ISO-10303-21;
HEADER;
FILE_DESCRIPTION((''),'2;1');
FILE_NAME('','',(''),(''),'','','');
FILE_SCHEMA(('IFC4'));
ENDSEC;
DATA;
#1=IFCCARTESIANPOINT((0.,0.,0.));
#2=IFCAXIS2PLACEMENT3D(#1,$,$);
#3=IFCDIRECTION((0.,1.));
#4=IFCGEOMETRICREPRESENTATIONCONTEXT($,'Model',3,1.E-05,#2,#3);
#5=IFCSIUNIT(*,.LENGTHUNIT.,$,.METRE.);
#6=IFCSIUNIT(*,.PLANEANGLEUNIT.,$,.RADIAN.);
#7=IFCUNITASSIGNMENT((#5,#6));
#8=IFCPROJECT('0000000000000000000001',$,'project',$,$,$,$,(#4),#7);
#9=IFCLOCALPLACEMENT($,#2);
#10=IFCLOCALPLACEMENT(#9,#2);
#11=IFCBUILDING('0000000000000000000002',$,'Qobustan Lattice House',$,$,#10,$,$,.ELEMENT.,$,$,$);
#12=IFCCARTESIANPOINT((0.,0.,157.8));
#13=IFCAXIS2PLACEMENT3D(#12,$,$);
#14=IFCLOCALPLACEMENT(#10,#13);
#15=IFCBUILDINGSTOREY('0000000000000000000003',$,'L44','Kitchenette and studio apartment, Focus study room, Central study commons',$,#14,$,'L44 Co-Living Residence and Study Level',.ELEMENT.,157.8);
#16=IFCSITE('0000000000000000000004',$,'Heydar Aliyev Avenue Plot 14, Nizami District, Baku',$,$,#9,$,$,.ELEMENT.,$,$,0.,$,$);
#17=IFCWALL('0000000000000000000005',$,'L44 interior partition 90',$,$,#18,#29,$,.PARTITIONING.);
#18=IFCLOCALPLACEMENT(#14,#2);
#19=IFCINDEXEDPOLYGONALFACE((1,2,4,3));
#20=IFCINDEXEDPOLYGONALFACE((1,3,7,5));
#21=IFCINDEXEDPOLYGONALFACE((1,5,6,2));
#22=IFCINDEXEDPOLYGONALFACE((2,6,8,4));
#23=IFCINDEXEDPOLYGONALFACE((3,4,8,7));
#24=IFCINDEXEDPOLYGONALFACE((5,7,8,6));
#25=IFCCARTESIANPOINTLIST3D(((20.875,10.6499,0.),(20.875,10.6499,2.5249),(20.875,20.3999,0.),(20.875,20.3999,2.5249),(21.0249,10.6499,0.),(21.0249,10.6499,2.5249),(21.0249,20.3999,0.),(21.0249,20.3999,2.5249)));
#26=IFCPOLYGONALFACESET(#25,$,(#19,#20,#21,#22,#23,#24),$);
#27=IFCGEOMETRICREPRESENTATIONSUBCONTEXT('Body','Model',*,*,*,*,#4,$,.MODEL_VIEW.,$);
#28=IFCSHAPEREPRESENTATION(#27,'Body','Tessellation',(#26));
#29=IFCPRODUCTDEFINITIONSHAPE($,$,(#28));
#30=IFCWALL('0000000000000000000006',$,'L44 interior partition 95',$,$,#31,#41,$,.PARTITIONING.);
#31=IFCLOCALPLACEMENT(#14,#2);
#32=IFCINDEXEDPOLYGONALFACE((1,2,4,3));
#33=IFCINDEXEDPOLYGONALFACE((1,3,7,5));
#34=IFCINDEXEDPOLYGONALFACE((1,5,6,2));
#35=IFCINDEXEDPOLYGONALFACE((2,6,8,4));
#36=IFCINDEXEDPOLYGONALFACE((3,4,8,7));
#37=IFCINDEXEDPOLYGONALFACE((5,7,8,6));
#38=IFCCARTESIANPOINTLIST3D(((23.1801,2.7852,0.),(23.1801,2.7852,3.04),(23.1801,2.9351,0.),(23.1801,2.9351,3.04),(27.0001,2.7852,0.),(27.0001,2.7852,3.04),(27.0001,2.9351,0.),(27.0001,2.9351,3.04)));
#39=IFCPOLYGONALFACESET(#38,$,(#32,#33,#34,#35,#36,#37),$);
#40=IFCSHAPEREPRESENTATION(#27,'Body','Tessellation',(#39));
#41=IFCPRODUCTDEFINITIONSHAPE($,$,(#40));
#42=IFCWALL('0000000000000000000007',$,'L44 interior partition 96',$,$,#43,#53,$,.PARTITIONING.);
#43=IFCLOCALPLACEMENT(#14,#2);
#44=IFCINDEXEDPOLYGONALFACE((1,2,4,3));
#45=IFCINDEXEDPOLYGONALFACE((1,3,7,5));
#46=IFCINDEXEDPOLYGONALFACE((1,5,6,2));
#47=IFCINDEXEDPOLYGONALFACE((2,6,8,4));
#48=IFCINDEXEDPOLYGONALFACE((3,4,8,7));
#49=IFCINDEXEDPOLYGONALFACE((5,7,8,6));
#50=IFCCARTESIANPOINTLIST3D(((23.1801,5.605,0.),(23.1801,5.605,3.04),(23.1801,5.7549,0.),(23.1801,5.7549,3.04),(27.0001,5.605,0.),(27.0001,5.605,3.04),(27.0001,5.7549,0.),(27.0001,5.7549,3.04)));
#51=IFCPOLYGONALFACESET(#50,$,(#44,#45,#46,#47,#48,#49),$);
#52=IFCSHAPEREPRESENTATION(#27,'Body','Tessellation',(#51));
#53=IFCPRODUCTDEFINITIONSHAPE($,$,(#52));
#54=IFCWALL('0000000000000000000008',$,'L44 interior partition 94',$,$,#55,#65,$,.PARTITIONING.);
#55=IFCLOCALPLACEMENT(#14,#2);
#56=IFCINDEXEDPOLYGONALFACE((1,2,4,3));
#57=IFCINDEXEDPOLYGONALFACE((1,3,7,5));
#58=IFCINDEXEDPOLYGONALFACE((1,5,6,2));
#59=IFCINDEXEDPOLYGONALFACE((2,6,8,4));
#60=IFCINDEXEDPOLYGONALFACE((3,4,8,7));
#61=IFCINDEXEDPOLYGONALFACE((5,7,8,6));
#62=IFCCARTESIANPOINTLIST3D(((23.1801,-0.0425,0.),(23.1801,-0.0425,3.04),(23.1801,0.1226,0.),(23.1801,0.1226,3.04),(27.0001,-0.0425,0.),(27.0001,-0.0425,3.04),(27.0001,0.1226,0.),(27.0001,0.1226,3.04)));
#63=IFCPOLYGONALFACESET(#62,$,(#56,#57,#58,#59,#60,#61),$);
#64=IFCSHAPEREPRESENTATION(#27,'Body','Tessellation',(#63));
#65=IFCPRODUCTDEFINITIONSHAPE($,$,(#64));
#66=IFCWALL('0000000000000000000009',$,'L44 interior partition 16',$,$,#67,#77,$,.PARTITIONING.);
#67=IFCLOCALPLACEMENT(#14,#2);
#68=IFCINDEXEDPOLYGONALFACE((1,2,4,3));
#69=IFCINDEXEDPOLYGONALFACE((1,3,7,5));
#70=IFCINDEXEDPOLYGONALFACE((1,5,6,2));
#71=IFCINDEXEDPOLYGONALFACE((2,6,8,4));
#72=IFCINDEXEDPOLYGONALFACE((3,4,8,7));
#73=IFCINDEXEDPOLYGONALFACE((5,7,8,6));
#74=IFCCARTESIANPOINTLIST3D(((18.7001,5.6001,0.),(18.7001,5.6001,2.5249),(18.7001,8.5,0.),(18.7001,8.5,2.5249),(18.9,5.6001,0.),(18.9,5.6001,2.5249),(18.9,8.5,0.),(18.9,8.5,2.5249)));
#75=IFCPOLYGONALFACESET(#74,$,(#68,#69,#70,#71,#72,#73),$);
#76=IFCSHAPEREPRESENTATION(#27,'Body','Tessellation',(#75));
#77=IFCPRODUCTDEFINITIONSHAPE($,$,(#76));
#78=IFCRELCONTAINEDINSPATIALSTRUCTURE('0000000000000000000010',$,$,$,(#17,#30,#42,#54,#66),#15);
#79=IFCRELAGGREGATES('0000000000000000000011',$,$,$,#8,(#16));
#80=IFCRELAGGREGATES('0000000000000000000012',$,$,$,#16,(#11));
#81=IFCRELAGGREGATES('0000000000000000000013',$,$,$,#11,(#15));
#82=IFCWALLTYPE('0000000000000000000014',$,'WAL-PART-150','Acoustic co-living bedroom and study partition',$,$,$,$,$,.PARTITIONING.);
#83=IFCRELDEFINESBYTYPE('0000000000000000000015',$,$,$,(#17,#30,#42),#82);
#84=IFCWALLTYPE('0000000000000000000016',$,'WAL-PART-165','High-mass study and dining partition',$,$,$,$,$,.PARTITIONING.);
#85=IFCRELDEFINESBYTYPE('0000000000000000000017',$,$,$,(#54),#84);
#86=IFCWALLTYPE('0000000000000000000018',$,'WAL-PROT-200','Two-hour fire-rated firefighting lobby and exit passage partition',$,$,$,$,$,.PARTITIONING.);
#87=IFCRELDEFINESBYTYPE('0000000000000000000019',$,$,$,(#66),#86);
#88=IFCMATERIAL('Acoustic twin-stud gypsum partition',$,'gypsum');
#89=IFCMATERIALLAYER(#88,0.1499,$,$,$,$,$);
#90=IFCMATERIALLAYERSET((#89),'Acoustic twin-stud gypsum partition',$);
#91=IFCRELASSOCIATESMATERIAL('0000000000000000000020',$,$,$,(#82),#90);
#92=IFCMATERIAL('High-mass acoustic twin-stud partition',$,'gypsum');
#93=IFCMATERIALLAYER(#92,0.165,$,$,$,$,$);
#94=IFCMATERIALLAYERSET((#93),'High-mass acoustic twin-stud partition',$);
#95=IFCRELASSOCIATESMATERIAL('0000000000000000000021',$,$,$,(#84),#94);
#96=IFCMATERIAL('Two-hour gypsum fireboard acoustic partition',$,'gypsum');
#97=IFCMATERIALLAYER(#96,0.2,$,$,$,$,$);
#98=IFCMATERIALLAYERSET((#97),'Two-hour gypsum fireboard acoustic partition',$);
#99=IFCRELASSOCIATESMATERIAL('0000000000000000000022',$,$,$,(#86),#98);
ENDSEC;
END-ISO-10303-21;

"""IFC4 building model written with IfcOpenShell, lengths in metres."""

from ifc_helpers import new_model, si_unit, direction, frame, frame_2d, origin, place, context, subcontext, project, spatial, rectangle, extrude, material, layer, layer_set, type_object, element, save


model = new_model("IFC4")

# Units and contexts
model_context = context("Model", 3, precision=1e-05, world=origin(), true_north=direction((0.0, 1.0)))
body_context = subcontext(model_context, "Body", "Model", "MODEL_VIEW")
ifc_project = project(units=[si_unit("LENGTHUNIT", "METRE"), si_unit("PLANEANGLEUNIT", "RADIAN")], contexts=[model_context])

# Site, building, storey
site_placement = place(None, origin())
site = spatial("IfcSite", under=ifc_project, at=site_placement, Name="Heydar Aliyev Avenue Plot 14, Nizami District, Baku", CompositionType="ELEMENT", RefElevation=0.0)
building_placement = place(site_placement, origin())
building = spatial("IfcBuilding", under=site, at=building_placement, Name="Qobustan Lattice House", CompositionType="ELEMENT")
storey_placement = place(building_placement, frame((0.0, 0.0, 157.8)))
storey = spatial("IfcBuildingStorey", under=building, at=storey_placement, Name="L44", Description="Kitchenette and studio apartment, Focus study room, Central study commons", LongName="L44 Co-Living Residence and Study Level", CompositionType="ELEMENT", Elevation=157.8)

# Shared definitions
ifc_material_1 = material(Name="Acoustic twin-stud gypsum partition", Category="gypsum")
ifc_layer_1 = layer(ifc_material_1, 0.1499)
ifc_layer_set_1 = layer_set([ifc_layer_1], Name="Acoustic twin-stud gypsum partition")
wall_type_1 = type_object("IfcWallType", Name="WAL-PART-150", Description="Acoustic co-living bedroom and study partition", PredefinedType="PARTITIONING", material=ifc_layer_set_1)

# Walls
wall_1_placement = place(storey_placement, frame((20.95, 10.6499, 0.0), z_axis=(0.0, 0.0, 1.0), x_axis=(0.0, 1.0, 0.0)))
element("IfcWall", 1, at=wall_1_placement, inside=storey, type_object=wall_type_1, Name="L44 interior partition 90", PredefinedType="PARTITIONING", context=body_context, shape_type="SweptSolid", body=[
    extrude(rectangle(XDim=9.75, YDim=0.1499, at=frame_2d((4.875, 0.0))), origin(), (0.0, 0.0, 1.0), 2.5249),
])
for number, where, z_axis, x_axis, name in (
    (2, (23.1799, 2.8601, 0.0), (0.0, 0.0, 1.0), (1.0, 0.0, 0.0), "L44 interior partition 95"),
    (3, (23.1799, 5.6799, 0.0), (0.0, 0.0, 1.0), (1.0, 0.0, 0.0), "L44 interior partition 96"),
):
    element("IfcWall", number, at=place(storey_placement, frame(where, z_axis=z_axis, x_axis=x_axis)), inside=storey, type_object=wall_type_1, Name=name, PredefinedType="PARTITIONING", context=body_context, shape_type="SweptSolid", body=[
        extrude(rectangle(XDim=3.8201, YDim=0.1499, at=frame_2d((1.9102, 0.0))), origin(), (0.0, 0.0, 1.0), 3.04),
    ])

# Shared definitions
ifc_material_2 = material(Name="High-mass acoustic twin-stud partition", Category="gypsum")
ifc_layer_2 = layer(ifc_material_2, 0.165)
ifc_layer_set_2 = layer_set([ifc_layer_2], Name="High-mass acoustic twin-stud partition")
wall_type_2 = type_object("IfcWallType", Name="WAL-PART-165", Description="High-mass study and dining partition", PredefinedType="PARTITIONING", material=ifc_layer_set_2)

# Wall
wall_2_placement = place(storey_placement, frame((23.1799, 0.04, 0.0), z_axis=(0.0, 0.0, 1.0), x_axis=(1.0, 0.0, 0.0)))
element("IfcWall", 4, at=wall_2_placement, inside=storey, type_object=wall_type_2, Name="L44 interior partition 94", PredefinedType="PARTITIONING", context=body_context, shape_type="SweptSolid", body=[
    extrude(rectangle(XDim=3.8201, YDim=0.165, at=frame_2d((1.9102, 0.0))), origin(), (0.0, 0.0, 1.0), 3.04),
])

# Shared definitions
ifc_material_3 = material(Name="Two-hour gypsum fireboard acoustic partition", Category="gypsum")
ifc_layer_3 = layer(ifc_material_3, 0.2)
ifc_layer_set_3 = layer_set([ifc_layer_3], Name="Two-hour gypsum fireboard acoustic partition")
wall_type_3 = type_object("IfcWallType", Name="WAL-PROT-200", Description="Two-hour fire-rated firefighting lobby and exit passage partition", PredefinedType="PARTITIONING", material=ifc_layer_set_3)

# Wall
wall_3_placement = place(storey_placement, frame((18.8, 5.6001, 0.0), z_axis=(0.0, 0.0, 1.0), x_axis=(0.0, 1.0, 0.0)))
element("IfcWall", 5, at=wall_3_placement, inside=storey, type_object=wall_type_3, Name="L44 interior partition 16", PredefinedType="PARTITIONING", context=body_context, shape_type="SweptSolid", body=[
    extrude(rectangle(XDim=2.8999, YDim=0.2, at=frame_2d((1.45, 0.0))), origin(), (0.0, 0.0, 1.0), 2.5249),
])

save(model, "model.ifc")
